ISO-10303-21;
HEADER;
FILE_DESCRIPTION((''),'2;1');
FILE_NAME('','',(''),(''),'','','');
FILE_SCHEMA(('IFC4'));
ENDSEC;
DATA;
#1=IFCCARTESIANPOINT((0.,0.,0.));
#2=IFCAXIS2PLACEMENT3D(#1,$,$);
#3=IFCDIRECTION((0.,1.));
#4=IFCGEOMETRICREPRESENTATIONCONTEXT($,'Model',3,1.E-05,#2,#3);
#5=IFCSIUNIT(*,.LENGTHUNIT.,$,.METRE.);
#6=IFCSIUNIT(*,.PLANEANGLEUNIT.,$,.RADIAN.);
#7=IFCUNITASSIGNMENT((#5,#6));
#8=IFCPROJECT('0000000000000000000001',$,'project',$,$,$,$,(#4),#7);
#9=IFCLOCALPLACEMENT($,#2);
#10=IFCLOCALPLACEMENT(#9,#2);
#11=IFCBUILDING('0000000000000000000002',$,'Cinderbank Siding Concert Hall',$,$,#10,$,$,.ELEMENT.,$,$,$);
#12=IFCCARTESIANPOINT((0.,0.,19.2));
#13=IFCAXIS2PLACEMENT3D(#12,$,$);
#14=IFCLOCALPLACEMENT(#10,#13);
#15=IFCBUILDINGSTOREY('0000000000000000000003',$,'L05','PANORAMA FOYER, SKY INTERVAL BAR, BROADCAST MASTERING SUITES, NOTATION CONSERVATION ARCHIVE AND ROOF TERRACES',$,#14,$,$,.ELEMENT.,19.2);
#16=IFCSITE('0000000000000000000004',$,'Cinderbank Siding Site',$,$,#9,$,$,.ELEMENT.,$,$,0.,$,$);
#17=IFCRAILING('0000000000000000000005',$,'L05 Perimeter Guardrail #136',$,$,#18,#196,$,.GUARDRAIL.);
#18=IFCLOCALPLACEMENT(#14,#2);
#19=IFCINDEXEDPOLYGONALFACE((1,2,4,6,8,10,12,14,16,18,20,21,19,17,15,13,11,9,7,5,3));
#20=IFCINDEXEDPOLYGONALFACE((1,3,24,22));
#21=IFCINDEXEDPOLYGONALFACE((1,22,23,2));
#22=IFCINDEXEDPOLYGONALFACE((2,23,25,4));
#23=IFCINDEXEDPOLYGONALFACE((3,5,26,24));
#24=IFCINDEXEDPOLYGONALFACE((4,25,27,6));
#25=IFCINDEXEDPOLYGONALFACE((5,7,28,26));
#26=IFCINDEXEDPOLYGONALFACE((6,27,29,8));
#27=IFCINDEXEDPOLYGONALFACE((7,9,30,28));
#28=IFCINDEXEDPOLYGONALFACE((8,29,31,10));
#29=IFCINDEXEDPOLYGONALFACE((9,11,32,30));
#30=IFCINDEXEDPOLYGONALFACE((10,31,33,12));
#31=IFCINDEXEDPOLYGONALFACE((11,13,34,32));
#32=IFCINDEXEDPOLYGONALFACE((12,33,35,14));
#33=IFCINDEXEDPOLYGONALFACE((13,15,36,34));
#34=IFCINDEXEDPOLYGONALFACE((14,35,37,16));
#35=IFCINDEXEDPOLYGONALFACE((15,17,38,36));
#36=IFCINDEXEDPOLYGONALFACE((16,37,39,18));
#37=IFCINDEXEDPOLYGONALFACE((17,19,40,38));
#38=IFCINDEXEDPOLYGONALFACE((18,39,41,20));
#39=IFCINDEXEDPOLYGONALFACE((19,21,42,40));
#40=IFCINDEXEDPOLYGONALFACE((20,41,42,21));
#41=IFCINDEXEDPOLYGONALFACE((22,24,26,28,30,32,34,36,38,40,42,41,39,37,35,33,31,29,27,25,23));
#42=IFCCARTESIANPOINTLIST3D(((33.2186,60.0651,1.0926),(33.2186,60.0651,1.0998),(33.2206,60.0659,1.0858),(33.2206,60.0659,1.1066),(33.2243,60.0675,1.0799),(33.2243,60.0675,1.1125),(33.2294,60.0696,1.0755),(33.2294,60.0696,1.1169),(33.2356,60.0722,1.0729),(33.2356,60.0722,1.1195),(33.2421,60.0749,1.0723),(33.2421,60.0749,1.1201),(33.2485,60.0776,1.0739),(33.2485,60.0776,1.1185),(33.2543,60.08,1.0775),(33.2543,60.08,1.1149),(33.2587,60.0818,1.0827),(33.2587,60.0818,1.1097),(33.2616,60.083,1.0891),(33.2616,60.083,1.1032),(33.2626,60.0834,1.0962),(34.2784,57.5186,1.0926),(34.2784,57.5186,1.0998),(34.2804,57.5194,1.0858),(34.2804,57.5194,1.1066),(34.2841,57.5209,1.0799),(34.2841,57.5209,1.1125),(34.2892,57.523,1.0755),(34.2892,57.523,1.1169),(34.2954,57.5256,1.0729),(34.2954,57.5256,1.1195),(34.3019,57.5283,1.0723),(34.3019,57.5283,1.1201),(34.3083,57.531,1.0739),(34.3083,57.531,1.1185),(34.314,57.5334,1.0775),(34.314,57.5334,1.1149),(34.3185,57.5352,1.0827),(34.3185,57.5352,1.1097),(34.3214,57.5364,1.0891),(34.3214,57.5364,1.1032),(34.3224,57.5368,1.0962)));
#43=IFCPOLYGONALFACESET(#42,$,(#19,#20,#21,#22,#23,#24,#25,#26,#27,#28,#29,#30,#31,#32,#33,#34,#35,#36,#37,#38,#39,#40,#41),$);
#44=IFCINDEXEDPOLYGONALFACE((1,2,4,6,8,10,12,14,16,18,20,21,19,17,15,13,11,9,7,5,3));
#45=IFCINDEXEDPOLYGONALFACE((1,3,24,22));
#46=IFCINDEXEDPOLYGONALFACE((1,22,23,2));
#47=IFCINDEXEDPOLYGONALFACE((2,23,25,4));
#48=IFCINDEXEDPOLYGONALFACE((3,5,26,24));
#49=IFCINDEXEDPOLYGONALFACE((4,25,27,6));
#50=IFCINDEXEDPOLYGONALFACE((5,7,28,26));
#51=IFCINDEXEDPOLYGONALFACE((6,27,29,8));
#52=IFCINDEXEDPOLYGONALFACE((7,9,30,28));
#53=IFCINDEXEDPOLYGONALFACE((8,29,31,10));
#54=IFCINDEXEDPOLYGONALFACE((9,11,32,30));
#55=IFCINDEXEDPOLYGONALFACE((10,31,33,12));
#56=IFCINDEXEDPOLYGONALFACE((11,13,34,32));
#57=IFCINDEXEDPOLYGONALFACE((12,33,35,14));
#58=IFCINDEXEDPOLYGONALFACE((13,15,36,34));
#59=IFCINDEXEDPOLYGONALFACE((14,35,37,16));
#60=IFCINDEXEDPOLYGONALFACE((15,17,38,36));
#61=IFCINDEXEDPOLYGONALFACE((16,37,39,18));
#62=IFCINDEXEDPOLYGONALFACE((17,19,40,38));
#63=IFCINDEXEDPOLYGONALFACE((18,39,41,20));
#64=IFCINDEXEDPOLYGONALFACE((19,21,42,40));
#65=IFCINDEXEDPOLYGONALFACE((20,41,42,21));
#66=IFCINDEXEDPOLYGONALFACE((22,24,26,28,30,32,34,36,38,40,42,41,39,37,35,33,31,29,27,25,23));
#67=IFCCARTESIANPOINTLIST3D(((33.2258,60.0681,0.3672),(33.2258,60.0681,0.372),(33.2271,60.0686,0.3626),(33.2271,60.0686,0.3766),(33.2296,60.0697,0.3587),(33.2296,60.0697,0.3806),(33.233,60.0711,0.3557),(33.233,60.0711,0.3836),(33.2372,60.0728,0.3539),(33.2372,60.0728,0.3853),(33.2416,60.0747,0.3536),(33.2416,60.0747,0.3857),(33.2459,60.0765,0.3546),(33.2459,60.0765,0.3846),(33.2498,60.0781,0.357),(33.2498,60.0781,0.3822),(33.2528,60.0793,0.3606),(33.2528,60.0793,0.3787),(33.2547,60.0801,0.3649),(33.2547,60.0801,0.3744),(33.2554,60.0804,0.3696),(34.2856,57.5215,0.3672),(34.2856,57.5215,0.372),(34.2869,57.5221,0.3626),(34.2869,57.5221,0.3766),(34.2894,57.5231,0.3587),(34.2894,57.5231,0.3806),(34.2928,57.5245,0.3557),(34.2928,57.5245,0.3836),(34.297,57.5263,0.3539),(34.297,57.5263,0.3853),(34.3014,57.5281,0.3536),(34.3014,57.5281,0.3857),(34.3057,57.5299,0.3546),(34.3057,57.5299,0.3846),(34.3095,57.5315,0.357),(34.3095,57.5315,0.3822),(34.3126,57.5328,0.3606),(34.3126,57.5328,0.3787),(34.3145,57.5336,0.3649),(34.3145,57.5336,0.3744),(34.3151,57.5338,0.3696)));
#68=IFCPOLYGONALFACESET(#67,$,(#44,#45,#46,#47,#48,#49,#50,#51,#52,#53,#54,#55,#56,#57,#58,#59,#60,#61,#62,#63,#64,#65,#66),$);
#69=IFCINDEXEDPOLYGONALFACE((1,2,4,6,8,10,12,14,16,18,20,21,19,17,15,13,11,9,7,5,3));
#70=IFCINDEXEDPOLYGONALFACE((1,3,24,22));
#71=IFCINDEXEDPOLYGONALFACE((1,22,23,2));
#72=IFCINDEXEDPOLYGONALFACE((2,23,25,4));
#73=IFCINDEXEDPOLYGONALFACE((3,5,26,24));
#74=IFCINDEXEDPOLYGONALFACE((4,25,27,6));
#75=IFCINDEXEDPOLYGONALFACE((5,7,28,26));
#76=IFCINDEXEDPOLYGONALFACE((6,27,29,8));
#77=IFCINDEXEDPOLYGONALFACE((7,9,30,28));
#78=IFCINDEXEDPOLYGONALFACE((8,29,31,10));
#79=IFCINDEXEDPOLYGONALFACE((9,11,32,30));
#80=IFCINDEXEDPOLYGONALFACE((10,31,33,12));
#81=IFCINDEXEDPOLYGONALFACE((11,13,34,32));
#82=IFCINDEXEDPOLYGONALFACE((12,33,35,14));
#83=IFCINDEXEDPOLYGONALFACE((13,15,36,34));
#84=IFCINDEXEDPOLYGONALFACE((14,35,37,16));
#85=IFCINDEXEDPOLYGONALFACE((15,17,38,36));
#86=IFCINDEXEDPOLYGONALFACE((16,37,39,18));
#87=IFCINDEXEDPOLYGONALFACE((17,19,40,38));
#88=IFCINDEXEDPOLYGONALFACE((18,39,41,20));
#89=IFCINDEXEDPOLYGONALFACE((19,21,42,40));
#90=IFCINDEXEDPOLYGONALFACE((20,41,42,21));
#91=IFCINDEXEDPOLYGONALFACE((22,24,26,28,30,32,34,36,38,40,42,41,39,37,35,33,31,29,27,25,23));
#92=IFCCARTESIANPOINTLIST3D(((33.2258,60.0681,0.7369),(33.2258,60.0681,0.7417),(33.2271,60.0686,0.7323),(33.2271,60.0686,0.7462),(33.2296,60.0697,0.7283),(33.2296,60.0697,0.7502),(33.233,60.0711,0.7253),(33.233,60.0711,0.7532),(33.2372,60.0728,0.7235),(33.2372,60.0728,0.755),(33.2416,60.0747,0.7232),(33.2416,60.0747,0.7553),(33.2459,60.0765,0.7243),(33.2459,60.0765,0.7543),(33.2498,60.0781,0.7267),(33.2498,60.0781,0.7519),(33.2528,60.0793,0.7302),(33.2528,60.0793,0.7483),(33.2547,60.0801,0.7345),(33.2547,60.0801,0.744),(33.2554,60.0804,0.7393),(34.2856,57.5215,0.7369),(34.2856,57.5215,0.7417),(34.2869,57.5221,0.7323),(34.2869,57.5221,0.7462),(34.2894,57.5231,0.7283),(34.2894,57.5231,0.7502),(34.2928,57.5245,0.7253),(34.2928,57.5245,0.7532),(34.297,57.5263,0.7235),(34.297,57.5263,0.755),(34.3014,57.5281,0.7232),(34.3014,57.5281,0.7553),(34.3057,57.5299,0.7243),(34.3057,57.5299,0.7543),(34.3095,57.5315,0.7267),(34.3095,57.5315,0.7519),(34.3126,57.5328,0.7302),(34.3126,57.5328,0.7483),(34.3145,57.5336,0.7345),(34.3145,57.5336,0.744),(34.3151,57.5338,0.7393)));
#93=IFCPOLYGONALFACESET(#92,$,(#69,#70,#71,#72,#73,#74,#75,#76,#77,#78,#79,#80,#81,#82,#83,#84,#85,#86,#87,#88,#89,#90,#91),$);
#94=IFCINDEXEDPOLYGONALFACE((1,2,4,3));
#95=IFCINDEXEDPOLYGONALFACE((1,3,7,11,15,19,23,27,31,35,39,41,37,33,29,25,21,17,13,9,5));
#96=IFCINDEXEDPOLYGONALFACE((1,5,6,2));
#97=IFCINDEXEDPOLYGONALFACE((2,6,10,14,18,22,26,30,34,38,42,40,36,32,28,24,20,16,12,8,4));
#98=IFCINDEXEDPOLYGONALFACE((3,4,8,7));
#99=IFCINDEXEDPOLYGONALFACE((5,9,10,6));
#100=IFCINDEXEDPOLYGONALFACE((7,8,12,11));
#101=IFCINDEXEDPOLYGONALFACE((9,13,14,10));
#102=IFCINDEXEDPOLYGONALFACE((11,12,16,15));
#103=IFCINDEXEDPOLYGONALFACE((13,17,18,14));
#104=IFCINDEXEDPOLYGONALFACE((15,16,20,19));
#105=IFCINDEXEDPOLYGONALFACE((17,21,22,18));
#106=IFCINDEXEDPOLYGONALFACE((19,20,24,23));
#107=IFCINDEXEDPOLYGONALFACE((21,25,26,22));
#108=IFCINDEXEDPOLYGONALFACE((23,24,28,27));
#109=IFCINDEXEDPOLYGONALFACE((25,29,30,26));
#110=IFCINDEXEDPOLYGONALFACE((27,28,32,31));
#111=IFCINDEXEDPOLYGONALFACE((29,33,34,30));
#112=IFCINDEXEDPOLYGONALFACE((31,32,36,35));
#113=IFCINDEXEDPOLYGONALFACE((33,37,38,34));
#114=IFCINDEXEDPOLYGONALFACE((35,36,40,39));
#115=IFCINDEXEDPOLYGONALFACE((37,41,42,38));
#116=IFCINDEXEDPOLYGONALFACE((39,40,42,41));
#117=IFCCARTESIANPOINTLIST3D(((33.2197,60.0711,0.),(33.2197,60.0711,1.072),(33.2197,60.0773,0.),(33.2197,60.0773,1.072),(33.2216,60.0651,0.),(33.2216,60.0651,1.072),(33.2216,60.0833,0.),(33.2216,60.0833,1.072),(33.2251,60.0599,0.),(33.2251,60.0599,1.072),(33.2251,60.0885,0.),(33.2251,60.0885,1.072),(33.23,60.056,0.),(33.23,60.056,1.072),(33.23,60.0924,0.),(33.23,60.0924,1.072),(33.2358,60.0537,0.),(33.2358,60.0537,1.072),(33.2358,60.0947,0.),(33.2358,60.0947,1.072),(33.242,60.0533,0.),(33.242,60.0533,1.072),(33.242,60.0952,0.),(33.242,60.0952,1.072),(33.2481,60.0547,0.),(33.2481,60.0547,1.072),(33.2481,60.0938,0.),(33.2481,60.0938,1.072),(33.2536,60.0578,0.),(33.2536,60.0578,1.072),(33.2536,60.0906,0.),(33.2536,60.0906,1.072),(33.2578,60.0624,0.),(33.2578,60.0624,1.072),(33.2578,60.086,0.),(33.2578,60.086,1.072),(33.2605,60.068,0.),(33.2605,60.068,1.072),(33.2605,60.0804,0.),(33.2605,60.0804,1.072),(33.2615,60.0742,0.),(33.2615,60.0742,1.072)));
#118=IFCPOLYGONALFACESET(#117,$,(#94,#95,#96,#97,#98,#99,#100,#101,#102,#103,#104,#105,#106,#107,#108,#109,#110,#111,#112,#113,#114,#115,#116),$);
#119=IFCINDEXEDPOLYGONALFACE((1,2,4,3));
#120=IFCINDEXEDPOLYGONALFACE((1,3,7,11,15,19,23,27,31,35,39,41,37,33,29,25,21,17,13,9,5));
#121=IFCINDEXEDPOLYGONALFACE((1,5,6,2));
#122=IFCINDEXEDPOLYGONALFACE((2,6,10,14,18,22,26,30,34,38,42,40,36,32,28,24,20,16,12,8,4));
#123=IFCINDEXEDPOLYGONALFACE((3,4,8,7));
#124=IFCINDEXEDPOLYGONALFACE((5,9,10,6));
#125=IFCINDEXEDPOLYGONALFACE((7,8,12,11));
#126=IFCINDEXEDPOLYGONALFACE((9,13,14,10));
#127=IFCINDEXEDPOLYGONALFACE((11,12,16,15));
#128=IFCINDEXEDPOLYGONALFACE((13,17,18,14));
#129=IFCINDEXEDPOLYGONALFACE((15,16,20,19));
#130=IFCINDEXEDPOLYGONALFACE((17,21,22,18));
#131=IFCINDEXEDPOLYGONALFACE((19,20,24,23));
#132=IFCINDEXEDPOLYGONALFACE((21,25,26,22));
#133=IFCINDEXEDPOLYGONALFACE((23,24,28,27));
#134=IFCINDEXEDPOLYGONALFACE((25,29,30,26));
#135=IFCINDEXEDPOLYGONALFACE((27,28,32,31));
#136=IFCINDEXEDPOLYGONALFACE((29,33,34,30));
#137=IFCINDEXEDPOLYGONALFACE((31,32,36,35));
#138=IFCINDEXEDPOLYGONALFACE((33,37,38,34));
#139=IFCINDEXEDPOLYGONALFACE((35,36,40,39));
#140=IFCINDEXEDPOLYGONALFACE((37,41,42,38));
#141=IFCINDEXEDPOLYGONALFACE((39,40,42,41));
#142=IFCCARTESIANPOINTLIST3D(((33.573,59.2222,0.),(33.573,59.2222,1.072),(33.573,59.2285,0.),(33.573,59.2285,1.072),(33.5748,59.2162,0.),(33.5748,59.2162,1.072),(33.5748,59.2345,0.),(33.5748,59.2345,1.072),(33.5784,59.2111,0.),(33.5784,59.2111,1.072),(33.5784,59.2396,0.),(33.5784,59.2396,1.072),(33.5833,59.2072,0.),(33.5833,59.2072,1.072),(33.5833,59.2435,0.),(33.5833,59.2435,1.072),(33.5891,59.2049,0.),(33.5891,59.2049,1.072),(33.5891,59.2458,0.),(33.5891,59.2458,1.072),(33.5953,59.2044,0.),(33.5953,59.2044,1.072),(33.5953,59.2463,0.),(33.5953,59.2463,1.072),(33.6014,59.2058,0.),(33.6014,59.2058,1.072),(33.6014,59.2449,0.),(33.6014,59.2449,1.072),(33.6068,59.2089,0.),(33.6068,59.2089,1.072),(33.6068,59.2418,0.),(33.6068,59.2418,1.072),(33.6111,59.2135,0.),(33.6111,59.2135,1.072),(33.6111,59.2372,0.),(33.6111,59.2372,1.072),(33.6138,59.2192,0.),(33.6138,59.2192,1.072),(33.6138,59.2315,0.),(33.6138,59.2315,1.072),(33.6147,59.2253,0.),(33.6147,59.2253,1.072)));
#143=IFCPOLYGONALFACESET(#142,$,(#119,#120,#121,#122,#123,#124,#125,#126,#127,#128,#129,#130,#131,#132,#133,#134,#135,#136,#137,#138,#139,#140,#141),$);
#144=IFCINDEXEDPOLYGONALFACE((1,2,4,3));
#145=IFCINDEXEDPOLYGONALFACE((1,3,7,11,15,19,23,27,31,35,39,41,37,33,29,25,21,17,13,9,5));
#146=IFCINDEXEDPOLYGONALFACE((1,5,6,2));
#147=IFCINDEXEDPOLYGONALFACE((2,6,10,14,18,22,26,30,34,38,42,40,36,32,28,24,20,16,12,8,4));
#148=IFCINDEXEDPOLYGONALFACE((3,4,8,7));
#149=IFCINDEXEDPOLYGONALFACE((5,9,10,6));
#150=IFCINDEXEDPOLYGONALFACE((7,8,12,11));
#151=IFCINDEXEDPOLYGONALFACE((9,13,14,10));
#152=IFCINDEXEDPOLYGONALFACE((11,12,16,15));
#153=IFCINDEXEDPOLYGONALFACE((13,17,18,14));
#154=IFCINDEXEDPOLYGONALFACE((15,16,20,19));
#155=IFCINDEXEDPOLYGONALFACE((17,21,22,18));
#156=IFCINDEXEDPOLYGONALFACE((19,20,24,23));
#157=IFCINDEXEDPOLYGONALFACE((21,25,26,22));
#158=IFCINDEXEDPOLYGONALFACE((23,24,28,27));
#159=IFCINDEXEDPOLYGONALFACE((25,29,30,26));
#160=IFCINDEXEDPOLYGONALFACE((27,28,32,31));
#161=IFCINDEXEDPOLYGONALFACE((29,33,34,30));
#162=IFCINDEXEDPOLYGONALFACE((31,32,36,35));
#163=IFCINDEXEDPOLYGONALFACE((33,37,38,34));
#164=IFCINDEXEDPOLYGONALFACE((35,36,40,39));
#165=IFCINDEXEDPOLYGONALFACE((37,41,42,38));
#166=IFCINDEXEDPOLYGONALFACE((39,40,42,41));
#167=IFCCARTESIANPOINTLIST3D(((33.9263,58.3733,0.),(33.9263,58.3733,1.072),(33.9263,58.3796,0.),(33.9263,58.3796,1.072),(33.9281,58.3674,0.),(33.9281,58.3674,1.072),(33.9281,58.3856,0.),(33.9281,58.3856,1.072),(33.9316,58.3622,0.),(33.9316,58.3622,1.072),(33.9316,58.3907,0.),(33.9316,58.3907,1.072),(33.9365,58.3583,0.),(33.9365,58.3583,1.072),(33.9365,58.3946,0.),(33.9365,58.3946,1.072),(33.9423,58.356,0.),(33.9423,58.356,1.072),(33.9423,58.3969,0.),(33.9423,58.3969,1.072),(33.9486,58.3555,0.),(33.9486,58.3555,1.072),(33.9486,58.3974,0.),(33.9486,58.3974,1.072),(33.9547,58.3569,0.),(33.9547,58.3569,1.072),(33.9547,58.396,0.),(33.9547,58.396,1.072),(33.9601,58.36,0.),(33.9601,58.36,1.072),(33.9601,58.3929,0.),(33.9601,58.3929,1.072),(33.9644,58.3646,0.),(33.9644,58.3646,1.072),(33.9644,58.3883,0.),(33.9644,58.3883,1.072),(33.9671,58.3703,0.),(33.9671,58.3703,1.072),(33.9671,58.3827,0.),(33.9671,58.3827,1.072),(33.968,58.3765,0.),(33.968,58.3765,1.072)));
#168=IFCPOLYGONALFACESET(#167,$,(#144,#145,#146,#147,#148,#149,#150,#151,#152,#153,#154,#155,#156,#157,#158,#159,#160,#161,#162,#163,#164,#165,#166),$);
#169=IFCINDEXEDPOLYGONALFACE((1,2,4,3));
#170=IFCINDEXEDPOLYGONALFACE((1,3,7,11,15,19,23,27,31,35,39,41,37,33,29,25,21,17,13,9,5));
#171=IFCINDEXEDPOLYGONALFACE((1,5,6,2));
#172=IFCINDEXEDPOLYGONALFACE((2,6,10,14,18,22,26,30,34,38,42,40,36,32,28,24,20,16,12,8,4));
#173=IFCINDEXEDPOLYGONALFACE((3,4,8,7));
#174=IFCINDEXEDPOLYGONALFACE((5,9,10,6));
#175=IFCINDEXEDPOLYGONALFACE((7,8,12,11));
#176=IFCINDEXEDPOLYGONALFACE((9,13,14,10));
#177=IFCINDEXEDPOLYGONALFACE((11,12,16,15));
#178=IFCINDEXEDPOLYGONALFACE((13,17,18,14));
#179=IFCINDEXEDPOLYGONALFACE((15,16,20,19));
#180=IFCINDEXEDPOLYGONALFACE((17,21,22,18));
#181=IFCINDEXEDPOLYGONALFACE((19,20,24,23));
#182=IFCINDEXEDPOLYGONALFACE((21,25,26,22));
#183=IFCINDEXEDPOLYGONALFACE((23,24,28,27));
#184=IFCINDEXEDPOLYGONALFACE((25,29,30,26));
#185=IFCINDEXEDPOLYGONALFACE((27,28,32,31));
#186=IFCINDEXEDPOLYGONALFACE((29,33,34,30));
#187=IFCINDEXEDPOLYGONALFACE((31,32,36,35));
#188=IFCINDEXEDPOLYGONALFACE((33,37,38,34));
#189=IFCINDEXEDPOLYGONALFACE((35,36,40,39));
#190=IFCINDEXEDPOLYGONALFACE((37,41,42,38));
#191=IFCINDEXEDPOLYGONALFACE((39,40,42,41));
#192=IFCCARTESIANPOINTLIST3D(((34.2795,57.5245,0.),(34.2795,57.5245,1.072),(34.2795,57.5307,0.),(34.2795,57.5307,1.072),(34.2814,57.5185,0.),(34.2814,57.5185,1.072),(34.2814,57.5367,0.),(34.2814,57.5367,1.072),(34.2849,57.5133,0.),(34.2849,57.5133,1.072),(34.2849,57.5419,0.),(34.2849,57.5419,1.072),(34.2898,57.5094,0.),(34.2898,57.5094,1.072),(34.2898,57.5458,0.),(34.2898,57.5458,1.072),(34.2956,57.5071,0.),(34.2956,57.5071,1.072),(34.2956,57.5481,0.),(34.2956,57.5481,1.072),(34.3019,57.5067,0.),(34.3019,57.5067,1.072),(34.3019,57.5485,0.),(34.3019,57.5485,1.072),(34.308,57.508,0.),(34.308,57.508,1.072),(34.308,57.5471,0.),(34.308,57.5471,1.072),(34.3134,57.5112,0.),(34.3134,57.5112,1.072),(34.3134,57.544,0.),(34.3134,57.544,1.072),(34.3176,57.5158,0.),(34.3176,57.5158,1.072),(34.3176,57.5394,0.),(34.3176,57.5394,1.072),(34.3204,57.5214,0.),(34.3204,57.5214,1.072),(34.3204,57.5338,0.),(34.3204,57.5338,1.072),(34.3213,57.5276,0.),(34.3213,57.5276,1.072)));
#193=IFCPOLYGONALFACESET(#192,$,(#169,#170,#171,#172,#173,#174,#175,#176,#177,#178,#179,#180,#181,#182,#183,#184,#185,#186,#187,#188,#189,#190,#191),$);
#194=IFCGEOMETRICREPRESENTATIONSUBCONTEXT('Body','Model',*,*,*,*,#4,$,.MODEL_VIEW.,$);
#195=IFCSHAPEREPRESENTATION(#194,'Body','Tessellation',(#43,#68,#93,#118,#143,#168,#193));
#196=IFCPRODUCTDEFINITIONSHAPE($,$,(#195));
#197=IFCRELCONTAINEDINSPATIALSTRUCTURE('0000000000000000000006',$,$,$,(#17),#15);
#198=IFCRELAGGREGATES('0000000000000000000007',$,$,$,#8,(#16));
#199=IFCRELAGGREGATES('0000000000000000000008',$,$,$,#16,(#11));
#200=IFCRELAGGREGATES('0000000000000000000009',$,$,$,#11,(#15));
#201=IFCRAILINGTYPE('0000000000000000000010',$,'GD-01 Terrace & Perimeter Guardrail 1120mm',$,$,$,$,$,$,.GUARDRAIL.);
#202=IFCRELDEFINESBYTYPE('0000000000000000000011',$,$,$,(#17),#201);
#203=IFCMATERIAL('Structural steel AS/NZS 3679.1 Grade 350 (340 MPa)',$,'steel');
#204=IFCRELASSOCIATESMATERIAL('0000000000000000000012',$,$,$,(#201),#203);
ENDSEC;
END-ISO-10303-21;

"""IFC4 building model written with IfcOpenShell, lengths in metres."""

from ifc_helpers import new_model, si_unit, direction, frame, origin, origin_2d, place, context, subcontext, project, spatial, circle, extrude, material, type_object, element, save


model = new_model("IFC4")

# Units and contexts
model_context = context("Model", 3, precision=1e-05, world=origin(), true_north=direction((0.0, 1.0)))
body_context = subcontext(model_context, "Body", "Model", "MODEL_VIEW")
ifc_project = project(units=[si_unit("LENGTHUNIT", "METRE"), si_unit("PLANEANGLEUNIT", "RADIAN")], contexts=[model_context])

# Site, building, storey
site_placement = place(None, origin())
site = spatial("IfcSite", under=ifc_project, at=site_placement, Name="Cinderbank Siding Site", CompositionType="ELEMENT", RefElevation=0.0)
building_placement = place(site_placement, origin())
building = spatial("IfcBuilding", under=site, at=building_placement, Name="Cinderbank Siding Concert Hall", CompositionType="ELEMENT")
storey_placement = place(building_placement, frame((0.0, 0.0, 19.2)))
storey = spatial("IfcBuildingStorey", under=building, at=storey_placement, Name="L05", Description="PANORAMA FOYER, SKY INTERVAL BAR, BROADCAST MASTERING SUITES, NOTATION CONSERVATION ARCHIVE AND ROOF TERRACES", CompositionType="ELEMENT", Elevation=19.2)

# Railing
ifc_material_1 = material(Name="Structural steel AS/NZS 3679.1 Grade 350 (340 MPa)", Category="steel")
railing_type = type_object("IfcRailingType", Name="GD-01 Terrace & Perimeter Guardrail 1120mm", PredefinedType="GUARDRAIL", material=ifc_material_1)
railing_1_placement = place(storey_placement, frame((33.2405, 60.0742, 0.0)))
element("IfcRailing", 1, at=railing_1_placement, inside=storey, type_object=railing_type, Name="L05 Perimeter Guardrail #136", PredefinedType="GUARDRAIL", context=body_context, shape_type="SweptSolid", body=[
    extrude(circle(Radius=0.0239, at=origin_2d()), frame((0.0, 0.0, 1.0962), z_axis=(0.384219, -0.923242, 0.0), x_axis=(0.923242, 0.384219, 0.0)), (0.0, 0.0, 1.0), 2.7583),
    extrude(circle(Radius=0.0161, at=origin_2d()), frame((0.0, 0.0, 0.3696), z_axis=(0.384219, -0.923242, 0.0), x_axis=(0.923242, 0.384219, 0.0)), (0.0, 0.0, 1.0), 2.7583),
    extrude(circle(Radius=0.0161, at=origin_2d()), frame((0.0, 0.0, 0.7393), z_axis=(0.384219, -0.923242, 0.0), x_axis=(0.923242, 0.384219, 0.0)), (0.0, 0.0, 1.0), 2.7583),
    extrude(circle(Radius=0.021, at=origin_2d()), origin(), (0.0, 0.0, 1.0), 1.072),
    extrude(circle(Radius=0.021, at=origin_2d()), frame((0.3533, -0.8489, 0.0)), (0.0, 0.0, 1.0), 1.072),
    extrude(circle(Radius=0.021, at=origin_2d()), frame((0.7065, -1.6978, 0.0)), (0.0, 0.0, 1.0), 1.072),
    extrude(circle(Radius=0.021, at=origin_2d()), frame((1.0598, -2.5466, 0.0)), (0.0, 0.0, 1.0), 1.072),
])

save(model, "model.ifc")
